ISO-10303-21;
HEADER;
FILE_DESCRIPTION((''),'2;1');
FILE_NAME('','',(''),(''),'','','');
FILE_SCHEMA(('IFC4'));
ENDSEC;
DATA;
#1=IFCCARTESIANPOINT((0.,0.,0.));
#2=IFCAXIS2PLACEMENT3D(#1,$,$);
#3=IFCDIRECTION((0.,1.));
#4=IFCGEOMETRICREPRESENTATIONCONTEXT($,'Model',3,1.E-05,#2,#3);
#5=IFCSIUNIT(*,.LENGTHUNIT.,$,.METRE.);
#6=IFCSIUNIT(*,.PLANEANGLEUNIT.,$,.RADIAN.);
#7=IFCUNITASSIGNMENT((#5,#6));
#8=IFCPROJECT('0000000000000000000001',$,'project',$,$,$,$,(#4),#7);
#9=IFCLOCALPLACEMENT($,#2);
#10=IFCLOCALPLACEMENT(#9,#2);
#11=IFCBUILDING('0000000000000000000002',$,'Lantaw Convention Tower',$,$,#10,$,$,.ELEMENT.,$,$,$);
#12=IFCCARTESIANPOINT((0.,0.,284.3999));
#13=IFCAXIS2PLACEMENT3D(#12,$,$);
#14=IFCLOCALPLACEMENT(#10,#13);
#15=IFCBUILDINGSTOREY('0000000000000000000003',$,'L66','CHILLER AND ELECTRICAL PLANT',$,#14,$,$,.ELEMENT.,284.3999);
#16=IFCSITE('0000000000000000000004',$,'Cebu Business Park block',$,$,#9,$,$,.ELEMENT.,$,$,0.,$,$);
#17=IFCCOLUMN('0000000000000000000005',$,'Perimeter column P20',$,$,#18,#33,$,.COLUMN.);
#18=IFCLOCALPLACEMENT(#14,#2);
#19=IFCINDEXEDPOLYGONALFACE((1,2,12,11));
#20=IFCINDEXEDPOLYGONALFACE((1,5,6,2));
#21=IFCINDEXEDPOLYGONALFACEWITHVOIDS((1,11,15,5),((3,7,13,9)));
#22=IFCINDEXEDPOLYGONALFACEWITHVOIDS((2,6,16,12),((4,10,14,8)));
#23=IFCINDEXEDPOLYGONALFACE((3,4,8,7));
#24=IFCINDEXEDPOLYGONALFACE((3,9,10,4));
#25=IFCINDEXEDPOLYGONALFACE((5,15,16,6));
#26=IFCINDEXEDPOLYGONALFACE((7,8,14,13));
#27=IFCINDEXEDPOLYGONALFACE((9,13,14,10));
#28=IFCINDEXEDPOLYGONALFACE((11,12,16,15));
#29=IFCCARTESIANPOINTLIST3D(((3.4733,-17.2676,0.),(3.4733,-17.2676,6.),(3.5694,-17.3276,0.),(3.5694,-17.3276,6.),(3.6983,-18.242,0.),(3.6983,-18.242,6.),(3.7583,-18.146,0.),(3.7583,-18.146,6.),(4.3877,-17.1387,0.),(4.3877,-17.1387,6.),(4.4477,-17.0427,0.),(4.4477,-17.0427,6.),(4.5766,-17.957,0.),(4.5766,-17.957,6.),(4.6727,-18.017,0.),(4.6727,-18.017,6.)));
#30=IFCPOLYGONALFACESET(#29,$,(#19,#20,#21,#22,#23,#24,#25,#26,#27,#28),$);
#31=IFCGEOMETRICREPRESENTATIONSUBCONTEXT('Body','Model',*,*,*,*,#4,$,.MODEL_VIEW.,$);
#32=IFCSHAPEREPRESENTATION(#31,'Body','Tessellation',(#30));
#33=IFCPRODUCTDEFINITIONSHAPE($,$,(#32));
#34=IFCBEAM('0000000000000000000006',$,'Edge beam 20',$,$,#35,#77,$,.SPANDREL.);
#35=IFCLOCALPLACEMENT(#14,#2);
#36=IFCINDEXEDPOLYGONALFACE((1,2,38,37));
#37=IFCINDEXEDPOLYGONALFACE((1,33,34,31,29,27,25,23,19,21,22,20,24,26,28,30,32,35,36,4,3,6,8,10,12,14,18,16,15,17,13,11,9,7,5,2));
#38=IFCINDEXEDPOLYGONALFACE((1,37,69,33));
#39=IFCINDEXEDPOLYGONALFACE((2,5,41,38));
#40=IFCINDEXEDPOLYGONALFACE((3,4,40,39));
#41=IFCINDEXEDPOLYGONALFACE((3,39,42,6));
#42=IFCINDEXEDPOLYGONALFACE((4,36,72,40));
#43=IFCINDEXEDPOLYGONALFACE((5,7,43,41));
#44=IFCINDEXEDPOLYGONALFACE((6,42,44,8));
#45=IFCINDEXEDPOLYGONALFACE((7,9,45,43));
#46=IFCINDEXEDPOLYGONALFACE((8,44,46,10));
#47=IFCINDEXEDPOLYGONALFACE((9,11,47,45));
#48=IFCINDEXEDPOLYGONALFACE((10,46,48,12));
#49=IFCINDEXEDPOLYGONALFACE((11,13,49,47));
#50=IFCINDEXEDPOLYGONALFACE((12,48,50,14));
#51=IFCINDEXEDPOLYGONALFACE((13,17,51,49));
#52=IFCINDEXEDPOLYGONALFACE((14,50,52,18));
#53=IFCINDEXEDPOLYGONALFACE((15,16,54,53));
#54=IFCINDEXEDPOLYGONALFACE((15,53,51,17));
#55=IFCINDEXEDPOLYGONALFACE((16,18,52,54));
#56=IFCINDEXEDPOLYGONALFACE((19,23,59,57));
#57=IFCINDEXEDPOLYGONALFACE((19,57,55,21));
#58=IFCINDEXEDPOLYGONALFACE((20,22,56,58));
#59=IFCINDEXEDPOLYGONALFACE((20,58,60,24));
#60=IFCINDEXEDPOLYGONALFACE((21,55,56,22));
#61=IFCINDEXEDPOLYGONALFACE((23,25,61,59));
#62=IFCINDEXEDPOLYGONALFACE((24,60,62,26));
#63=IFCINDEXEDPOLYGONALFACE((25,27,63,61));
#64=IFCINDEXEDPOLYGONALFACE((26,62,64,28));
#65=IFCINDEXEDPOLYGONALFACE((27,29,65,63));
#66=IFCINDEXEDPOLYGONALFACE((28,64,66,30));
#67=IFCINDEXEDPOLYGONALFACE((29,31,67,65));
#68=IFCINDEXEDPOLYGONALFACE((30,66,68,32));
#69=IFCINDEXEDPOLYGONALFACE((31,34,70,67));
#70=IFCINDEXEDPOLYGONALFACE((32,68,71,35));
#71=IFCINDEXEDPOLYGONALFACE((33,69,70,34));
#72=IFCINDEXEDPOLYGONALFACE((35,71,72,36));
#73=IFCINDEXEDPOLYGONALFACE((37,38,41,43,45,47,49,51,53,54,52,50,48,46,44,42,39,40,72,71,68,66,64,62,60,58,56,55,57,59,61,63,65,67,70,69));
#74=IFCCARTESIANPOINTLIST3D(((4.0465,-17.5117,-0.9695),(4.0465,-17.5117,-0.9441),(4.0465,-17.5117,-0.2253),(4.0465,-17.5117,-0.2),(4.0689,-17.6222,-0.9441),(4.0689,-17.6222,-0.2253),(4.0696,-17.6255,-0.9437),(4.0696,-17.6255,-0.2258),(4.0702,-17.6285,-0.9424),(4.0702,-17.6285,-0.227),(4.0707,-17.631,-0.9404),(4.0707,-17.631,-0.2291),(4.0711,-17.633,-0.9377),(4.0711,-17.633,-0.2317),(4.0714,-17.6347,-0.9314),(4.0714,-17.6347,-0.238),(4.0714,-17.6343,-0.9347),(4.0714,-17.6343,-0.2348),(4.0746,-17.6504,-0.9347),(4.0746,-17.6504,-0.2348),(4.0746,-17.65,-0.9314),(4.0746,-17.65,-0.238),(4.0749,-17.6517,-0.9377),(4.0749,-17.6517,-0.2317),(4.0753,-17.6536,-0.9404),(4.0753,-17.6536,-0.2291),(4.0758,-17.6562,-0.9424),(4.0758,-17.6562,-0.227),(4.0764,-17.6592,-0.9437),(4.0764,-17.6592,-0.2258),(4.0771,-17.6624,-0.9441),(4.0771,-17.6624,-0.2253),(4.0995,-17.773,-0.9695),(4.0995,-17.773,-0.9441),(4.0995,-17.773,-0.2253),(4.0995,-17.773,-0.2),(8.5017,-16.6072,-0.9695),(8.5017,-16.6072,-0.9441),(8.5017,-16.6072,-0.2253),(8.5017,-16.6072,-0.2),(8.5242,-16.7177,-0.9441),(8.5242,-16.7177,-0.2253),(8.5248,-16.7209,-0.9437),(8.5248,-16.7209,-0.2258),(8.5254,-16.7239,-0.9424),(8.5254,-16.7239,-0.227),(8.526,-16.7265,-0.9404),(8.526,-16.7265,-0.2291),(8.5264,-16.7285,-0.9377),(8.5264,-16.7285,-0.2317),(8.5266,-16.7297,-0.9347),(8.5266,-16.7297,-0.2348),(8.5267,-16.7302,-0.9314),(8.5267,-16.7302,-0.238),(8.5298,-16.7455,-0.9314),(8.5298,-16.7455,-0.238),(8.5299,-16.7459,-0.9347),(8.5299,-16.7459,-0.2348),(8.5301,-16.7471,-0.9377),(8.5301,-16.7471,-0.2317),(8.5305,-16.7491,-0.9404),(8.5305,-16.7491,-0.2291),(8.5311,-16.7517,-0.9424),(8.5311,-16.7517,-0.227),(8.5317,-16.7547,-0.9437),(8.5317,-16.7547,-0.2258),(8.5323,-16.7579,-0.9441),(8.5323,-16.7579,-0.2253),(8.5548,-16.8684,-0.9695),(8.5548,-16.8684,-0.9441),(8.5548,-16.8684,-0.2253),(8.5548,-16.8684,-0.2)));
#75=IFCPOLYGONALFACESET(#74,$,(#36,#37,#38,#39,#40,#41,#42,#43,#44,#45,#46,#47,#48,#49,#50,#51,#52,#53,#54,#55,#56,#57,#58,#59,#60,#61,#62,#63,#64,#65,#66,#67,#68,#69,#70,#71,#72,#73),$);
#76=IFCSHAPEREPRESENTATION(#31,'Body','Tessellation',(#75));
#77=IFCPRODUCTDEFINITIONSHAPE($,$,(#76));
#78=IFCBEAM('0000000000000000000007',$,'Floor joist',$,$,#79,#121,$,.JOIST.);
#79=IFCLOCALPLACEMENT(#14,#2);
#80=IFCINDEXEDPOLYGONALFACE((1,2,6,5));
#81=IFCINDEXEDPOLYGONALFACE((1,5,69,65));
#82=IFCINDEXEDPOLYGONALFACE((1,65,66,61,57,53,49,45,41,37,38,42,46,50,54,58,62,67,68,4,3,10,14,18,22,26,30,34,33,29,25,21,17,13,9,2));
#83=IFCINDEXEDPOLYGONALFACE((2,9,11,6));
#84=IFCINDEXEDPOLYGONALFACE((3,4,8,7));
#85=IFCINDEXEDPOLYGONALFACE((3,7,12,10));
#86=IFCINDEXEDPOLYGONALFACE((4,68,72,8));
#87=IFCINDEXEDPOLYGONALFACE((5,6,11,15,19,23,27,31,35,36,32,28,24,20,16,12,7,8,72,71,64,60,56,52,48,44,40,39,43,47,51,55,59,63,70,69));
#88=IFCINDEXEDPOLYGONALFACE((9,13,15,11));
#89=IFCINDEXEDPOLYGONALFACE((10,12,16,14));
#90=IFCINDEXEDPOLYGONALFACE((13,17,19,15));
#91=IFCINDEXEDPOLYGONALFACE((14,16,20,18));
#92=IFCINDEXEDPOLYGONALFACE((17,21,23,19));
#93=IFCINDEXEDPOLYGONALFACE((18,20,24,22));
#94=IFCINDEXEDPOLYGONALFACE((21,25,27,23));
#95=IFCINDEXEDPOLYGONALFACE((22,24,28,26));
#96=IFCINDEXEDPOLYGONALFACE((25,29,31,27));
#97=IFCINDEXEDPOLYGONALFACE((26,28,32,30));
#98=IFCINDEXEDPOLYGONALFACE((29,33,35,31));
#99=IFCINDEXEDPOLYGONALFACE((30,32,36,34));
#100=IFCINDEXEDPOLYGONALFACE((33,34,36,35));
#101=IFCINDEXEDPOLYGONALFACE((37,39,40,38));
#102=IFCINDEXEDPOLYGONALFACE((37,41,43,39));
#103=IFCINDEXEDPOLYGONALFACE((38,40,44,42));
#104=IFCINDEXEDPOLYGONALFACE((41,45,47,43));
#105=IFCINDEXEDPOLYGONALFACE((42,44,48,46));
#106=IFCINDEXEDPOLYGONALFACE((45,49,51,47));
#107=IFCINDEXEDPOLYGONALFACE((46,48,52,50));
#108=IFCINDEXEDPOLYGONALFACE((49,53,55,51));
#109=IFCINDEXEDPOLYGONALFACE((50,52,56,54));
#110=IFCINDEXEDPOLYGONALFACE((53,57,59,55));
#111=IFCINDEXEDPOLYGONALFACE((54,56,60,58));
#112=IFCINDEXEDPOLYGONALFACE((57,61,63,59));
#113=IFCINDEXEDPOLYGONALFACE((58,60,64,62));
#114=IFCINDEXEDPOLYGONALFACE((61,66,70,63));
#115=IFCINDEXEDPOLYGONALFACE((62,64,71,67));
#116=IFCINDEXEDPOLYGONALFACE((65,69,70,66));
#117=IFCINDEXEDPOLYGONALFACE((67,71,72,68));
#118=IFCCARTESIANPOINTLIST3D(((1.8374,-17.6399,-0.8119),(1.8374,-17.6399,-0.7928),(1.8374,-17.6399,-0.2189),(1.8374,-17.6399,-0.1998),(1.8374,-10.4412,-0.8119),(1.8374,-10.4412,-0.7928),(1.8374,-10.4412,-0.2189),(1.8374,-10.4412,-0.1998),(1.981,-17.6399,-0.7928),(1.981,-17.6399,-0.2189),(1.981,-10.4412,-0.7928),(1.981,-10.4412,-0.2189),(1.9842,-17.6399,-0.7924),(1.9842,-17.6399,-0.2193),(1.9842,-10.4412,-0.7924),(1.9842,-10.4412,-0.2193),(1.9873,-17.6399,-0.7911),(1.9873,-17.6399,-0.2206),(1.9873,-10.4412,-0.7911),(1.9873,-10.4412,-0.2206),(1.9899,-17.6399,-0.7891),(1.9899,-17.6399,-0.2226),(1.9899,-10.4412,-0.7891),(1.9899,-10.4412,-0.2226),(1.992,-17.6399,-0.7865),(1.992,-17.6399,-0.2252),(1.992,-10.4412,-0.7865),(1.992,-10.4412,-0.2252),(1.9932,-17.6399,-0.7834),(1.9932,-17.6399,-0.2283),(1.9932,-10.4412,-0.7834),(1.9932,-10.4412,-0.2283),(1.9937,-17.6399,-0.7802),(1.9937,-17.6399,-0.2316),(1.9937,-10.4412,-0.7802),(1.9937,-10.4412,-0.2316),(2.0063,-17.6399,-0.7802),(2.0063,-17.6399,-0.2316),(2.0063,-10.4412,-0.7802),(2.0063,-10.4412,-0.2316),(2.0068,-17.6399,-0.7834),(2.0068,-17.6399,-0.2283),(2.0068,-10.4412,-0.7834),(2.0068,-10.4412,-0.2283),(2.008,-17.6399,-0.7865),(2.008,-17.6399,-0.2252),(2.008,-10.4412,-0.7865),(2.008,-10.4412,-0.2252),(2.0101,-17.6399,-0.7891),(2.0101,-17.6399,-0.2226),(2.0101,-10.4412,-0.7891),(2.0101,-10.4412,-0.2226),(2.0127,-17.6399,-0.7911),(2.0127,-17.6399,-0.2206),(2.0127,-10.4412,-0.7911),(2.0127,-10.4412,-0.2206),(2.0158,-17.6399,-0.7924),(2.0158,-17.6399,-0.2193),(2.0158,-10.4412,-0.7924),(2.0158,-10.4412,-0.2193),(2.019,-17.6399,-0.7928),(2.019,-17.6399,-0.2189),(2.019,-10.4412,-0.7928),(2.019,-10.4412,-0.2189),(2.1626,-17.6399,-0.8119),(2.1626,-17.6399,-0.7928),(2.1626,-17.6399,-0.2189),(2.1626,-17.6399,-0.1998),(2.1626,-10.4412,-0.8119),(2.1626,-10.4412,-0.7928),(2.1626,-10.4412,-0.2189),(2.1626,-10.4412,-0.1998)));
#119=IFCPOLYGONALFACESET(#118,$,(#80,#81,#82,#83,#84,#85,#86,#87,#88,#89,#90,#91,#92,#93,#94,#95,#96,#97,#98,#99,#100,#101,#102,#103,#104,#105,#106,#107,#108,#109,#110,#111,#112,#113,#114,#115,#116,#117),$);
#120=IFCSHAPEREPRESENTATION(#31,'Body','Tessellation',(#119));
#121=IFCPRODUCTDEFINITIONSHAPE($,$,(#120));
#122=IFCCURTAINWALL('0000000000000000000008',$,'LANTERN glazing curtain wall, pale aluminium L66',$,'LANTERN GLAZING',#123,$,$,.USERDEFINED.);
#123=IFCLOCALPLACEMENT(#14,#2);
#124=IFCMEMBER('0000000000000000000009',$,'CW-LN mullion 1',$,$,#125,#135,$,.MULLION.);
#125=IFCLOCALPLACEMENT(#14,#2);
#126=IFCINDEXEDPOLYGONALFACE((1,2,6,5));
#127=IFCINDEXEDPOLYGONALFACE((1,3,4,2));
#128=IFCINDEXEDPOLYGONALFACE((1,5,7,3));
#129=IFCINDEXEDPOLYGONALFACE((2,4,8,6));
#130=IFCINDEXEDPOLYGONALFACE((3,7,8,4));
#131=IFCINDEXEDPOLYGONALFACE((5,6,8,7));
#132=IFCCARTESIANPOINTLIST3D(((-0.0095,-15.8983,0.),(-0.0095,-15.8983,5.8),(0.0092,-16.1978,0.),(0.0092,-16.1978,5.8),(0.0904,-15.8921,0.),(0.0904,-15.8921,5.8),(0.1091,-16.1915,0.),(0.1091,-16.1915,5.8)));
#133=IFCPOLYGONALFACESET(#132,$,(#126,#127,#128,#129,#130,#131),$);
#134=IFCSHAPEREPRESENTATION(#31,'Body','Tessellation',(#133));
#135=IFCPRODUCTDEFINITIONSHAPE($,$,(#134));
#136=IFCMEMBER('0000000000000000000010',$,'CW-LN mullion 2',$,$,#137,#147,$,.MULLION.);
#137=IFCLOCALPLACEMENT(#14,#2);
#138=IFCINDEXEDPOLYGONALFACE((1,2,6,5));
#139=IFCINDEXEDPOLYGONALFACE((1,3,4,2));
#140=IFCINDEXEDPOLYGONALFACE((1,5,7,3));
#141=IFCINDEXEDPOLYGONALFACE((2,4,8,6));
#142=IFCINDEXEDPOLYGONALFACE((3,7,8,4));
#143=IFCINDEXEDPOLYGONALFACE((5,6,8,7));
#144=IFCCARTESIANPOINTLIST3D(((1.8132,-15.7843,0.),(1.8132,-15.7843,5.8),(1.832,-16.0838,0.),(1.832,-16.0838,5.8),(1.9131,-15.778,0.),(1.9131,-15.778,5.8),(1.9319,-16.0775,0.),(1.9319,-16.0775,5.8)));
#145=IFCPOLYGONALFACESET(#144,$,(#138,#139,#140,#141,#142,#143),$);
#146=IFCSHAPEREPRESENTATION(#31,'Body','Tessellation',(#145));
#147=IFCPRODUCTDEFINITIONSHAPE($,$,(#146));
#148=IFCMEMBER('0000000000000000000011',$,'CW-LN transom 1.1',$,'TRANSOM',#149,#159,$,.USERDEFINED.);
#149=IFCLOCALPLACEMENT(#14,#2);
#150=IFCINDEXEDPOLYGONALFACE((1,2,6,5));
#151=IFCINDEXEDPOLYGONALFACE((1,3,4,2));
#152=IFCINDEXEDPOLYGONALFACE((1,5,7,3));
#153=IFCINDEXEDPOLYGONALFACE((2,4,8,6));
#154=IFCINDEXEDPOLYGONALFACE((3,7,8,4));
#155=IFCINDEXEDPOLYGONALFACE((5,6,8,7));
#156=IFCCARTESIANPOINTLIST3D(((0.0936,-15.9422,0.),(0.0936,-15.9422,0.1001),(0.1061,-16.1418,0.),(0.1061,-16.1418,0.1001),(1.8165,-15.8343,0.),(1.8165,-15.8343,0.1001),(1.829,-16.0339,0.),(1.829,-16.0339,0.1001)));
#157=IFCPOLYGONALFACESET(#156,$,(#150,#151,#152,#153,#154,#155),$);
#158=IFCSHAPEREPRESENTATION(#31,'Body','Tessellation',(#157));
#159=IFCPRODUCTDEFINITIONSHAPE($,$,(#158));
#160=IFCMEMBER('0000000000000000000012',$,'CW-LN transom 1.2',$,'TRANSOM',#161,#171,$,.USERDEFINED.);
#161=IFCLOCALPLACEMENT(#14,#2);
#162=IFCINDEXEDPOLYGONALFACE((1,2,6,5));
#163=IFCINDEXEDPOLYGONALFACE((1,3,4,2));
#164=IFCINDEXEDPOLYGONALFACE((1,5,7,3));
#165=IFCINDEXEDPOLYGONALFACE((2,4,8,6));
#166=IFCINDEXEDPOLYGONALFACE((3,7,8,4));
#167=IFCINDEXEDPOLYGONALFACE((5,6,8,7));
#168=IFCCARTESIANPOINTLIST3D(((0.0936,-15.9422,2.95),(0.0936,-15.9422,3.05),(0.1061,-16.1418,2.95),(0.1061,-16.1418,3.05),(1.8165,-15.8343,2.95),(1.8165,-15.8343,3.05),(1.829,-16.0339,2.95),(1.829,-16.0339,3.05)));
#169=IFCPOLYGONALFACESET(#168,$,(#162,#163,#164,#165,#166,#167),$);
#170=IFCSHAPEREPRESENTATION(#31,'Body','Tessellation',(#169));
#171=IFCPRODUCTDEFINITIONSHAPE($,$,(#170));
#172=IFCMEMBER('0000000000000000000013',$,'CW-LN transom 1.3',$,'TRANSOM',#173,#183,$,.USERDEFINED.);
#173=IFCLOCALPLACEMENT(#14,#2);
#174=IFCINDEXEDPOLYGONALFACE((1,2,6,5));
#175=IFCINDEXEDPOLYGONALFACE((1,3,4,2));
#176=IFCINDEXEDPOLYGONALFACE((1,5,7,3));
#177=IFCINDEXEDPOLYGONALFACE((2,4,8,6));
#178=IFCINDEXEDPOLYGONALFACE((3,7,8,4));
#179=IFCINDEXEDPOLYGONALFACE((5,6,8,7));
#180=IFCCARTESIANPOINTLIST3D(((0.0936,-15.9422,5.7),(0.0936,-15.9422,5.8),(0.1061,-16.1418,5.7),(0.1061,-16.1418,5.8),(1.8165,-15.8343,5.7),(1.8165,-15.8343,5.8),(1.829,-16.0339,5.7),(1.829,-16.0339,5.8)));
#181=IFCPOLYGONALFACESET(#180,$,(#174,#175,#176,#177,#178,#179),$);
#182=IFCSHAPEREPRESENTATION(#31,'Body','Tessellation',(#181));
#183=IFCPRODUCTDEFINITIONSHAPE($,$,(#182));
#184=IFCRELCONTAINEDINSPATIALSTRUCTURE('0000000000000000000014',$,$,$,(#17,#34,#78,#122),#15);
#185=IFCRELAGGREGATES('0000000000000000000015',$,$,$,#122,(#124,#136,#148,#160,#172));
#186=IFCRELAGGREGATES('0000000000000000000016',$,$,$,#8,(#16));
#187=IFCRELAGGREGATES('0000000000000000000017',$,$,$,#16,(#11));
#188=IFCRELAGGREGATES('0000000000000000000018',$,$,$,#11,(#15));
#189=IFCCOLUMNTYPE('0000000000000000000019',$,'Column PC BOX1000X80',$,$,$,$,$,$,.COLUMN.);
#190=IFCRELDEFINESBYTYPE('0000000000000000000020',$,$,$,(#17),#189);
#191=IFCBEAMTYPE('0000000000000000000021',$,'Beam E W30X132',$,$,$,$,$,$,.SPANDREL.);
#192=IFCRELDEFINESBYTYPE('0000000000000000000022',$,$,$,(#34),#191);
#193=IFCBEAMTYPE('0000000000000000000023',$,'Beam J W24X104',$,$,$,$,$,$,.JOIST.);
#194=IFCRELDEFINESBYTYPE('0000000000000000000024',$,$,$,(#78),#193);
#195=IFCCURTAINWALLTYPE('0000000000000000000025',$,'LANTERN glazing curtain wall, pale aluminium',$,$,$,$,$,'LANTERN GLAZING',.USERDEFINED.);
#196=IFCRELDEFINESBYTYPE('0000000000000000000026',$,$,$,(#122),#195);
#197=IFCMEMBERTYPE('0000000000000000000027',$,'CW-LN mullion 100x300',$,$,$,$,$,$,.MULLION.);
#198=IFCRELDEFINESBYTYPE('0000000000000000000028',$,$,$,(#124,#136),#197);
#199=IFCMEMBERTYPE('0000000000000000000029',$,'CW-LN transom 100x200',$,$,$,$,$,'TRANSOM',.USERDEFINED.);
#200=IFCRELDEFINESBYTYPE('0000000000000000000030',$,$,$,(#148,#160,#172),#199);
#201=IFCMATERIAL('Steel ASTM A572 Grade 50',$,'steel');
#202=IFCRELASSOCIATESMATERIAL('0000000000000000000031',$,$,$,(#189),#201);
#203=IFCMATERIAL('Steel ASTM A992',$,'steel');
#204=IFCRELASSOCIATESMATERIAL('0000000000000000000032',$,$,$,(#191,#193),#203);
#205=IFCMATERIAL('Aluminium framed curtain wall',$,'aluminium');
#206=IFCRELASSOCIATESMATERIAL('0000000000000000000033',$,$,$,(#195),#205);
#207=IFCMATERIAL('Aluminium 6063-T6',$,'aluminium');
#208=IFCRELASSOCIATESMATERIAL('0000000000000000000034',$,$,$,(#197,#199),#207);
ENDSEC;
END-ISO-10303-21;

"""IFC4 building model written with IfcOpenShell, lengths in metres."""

from ifc_helpers import new_model, si_unit, direction, frame, origin, origin_2d, place, context, subcontext, project, spatial, rectangle, hollow_rectangle, i_section, extrude, material, material_profile, profile_set, type_object, element, aggregate, save


model = new_model("IFC4")

# Units and contexts
model_context = context("Model", 3, precision=1e-05, world=origin(), true_north=direction((0.0, 1.0)))
body_context = subcontext(model_context, "Body", "Model", "MODEL_VIEW")
ifc_project = project(units=[si_unit("LENGTHUNIT", "METRE"), si_unit("PLANEANGLEUNIT", "RADIAN")], contexts=[model_context])

# Site, building, storey
site_placement = place(None, origin())
site = spatial("IfcSite", under=ifc_project, at=site_placement, Name="Cebu Business Park block", CompositionType="ELEMENT", RefElevation=0.0)
building_placement = place(site_placement, origin())
building = spatial("IfcBuilding", under=site, at=building_placement, Name="Lantaw Convention Tower", CompositionType="ELEMENT")
storey_placement = place(building_placement, frame((0.0, 0.0, 284.3999)))
storey = spatial("IfcBuildingStorey", under=building, at=storey_placement, Name="L66", Description="CHILLER AND ELECTRICAL PLANT", CompositionType="ELEMENT", Elevation=284.3999)

# Column
ifc_material_1 = material(Name="Steel ASTM A572 Grade 50", Category="steel")
ifc_material_profile_1 = material_profile(ifc_material_1, hollow_rectangle(XDim=1.0, YDim=1.0, WallThickness=0.0801, at=origin_2d()), Name="BOX1000X80")
ifc_material_2 = material(Name="Concrete C60/75", Category="concrete")
ifc_material_profile_2 = material_profile(ifc_material_2, rectangle(XDim=0.8401, YDim=0.8401, at=origin_2d()), Name="Concrete fill of BOX1000X80")
ifc_profile_set_1 = profile_set([ifc_material_profile_1, ifc_material_profile_2], Name="Steel ASTM A572 Grade 50")
column_type = type_object("IfcColumnType", Name="Column PC BOX1000X80", PredefinedType="COLUMN", material=ifc_profile_set_1)
column_placement = place(storey_placement, frame((4.073, -17.6423, 0.0), z_axis=(0.0, 0.0, 1.0), x_axis=(0.97437, 0.224951, 0.0)))
element("IfcColumn", 1, at=column_placement, inside=storey, type_object=column_type, Name="Perimeter column P20", PredefinedType="COLUMN", context=body_context, shape_type="SweptSolid", body=[
    extrude(hollow_rectangle(XDim=1.0, YDim=1.0, WallThickness=0.0801, at=origin_2d()), origin(), (0.0, 0.0, 1.0), 6.0),
])

# Beams
ifc_material_3 = material(Name="Steel ASTM A992", Category="steel")
ifc_material_profile_3 = material_profile(ifc_material_3, i_section(OverallWidth=0.2666, OverallDepth=0.7695, WebThickness=0.0156, FlangeThickness=0.0254, FilletRadius=0.0127, at=origin_2d()), Name="W30X132")
ifc_profile_set_2 = profile_set([ifc_material_profile_3], Name="Steel ASTM A992")
beam_type_1 = type_object("IfcBeamType", Name="Beam E W30X132", PredefinedType="SPANDREL", material=ifc_profile_set_2)
beam_1_placement = place(storey_placement, frame((4.073, -17.6423, -0.5847), z_axis=(0.980006, 0.198966, 0.0), x_axis=(-0.198966, 0.980006, 0.0)))
element("IfcBeam", 2, at=beam_1_placement, inside=storey, type_object=beam_type_1, Name="Edge beam 20", PredefinedType="SPANDREL", context=body_context, shape_type="SweptSolid", body=[
    extrude(i_section(OverallWidth=0.2666, OverallDepth=0.7695, WebThickness=0.0156, FlangeThickness=0.0254, FilletRadius=0.0127, at=origin_2d()), origin(), (0.0, 0.0, 1.0), 4.5461),
])
ifc_material_profile_4 = material_profile(ifc_material_3, i_section(OverallWidth=0.3252, OverallDepth=0.6121, WebThickness=0.0127, FlangeThickness=0.019, FilletRadius=0.0127, at=origin_2d()), Name="W24X104")
ifc_profile_set_3 = profile_set([ifc_material_profile_4], Name="Steel ASTM A992")
beam_type_2 = type_object("IfcBeamType", Name="Beam J W24X104", PredefinedType="JOIST", material=ifc_profile_set_3)
beam_2_placement = place(storey_placement, frame((2.0, -17.6399, -0.5059), z_axis=(0.0, 1.0, 0.0), x_axis=(-1.0, 0.0, 0.0)))
element("IfcBeam", 3, at=beam_2_placement, inside=storey, type_object=beam_type_2, Name="Floor joist", PredefinedType="JOIST", context=body_context, shape_type="SweptSolid", body=[
    extrude(i_section(OverallWidth=0.3252, OverallDepth=0.6121, WebThickness=0.0127, FlangeThickness=0.019, FilletRadius=0.0127, at=origin_2d()), origin(), (0.0, 0.0, 1.0), 7.1987),
])

# Curtain wall, members
ifc_material_4 = material(Name="Aluminium framed curtain wall", Category="aluminium")
curtain_wall_type_1 = type_object("IfcCurtainWallType", Name="LANTERN glazing curtain wall, pale aluminium", ElementType="LANTERN GLAZING", PredefinedType="USERDEFINED", material=ifc_material_4)
curtain_wall_1_placement = place(storey_placement, origin())
curtain_wall_1 = element("IfcCurtainWall", 4, at=curtain_wall_1_placement, inside=storey, type_object=curtain_wall_type_1, Name="LANTERN glazing curtain wall, pale aluminium L66", ObjectType="LANTERN GLAZING", PredefinedType="USERDEFINED")
ifc_material_5 = material(Name="Aluminium 6063-T6", Category="aluminium")
ifc_material_profile_5 = material_profile(ifc_material_5, rectangle(XDim=0.3, YDim=0.1001, at=origin_2d()), Name="CW-LN mullion 100x300")
ifc_profile_set_4 = profile_set([ifc_material_profile_5], Name="Aluminium 6063-T6")
member_type_1 = type_object("IfcMemberType", Name="CW-LN mullion 100x300", PredefinedType="MULLION", material=ifc_profile_set_4)
member_1_placement = place(storey_placement, frame((0.0498, -16.0449, 0.0), z_axis=(0.0, 0.0, 1.0), x_axis=(-0.062489, 0.998046, 0.0)))
member_1 = element("IfcMember", 5, at=member_1_placement, type_object=member_type_1, Name="CW-LN mullion 1", PredefinedType="MULLION", context=body_context, shape_type="SweptSolid", body=[
    extrude(rectangle(XDim=0.3, YDim=0.1001, at=origin_2d()), origin(), (0.0, 0.0, 1.0), 5.8),
])
member_2_placement = place(storey_placement, frame((1.8726, -15.9309, 0.0), z_axis=(0.0, 0.0, 1.0), x_axis=(-0.062489, 0.998046, 0.0)))
member_2 = element("IfcMember", 6, at=member_2_placement, type_object=member_type_1, Name="CW-LN mullion 2", PredefinedType="MULLION", context=body_context, shape_type="SweptSolid", body=[
    extrude(rectangle(XDim=0.3, YDim=0.1001, at=origin_2d()), origin(), (0.0, 0.0, 1.0), 5.8),
])
ifc_material_profile_6 = material_profile(ifc_material_5, rectangle(XDim=0.2, YDim=0.1001, at=origin_2d()), Name="CW-LN transom 100x200")
ifc_profile_set_5 = profile_set([ifc_material_profile_6], Name="Aluminium 6063-T6")
member_type_2 = type_object("IfcMemberType", Name="CW-LN transom 100x200", ElementType="TRANSOM", PredefinedType="USERDEFINED", material=ifc_profile_set_5)
member_3_placement = place(storey_placement, frame((0.0999, -16.042, 0.05), z_axis=(0.998044, 0.06251, 0.0), x_axis=(-0.06251, 0.998044, 0.0)))
member_3 = element("IfcMember", 7, at=member_3_placement, type_object=member_type_2, Name="CW-LN transom 1.1", ObjectType="TRANSOM", PredefinedType="USERDEFINED", context=body_context, shape_type="SweptSolid", body=[
    extrude(rectangle(XDim=0.2, YDim=0.1001, at=origin_2d()), origin(), (0.0, 0.0, 1.0), 1.7263),
])
member_4_placement = place(storey_placement, frame((0.0999, -16.042, 3.0), z_axis=(0.998044, 0.06251, 0.0), x_axis=(-0.06251, 0.998044, 0.0)))
member_4 = element("IfcMember", 8, at=member_4_placement, type_object=member_type_2, Name="CW-LN transom 1.2", ObjectType="TRANSOM", PredefinedType="USERDEFINED", context=body_context, shape_type="SweptSolid", body=[
    extrude(rectangle(XDim=0.2, YDim=0.1001, at=origin_2d()), origin(), (0.0, 0.0, 1.0), 1.7263),
])
member_5_placement = place(storey_placement, frame((0.0999, -16.042, 5.75), z_axis=(0.998044, 0.06251, 0.0), x_axis=(-0.06251, 0.998044, 0.0)))
member_5 = element("IfcMember", 9, at=member_5_placement, type_object=member_type_2, Name="CW-LN transom 1.3", ObjectType="TRANSOM", PredefinedType="USERDEFINED", context=body_context, shape_type="SweptSolid", body=[
    extrude(rectangle(XDim=0.2, YDim=0.1001, at=origin_2d()), origin(), (0.0, 0.0, 1.0), 1.7263),
])

aggregate(curtain_wall_1, [member_1, member_2, member_3, member_4, member_5])

save(model, "model.ifc")
